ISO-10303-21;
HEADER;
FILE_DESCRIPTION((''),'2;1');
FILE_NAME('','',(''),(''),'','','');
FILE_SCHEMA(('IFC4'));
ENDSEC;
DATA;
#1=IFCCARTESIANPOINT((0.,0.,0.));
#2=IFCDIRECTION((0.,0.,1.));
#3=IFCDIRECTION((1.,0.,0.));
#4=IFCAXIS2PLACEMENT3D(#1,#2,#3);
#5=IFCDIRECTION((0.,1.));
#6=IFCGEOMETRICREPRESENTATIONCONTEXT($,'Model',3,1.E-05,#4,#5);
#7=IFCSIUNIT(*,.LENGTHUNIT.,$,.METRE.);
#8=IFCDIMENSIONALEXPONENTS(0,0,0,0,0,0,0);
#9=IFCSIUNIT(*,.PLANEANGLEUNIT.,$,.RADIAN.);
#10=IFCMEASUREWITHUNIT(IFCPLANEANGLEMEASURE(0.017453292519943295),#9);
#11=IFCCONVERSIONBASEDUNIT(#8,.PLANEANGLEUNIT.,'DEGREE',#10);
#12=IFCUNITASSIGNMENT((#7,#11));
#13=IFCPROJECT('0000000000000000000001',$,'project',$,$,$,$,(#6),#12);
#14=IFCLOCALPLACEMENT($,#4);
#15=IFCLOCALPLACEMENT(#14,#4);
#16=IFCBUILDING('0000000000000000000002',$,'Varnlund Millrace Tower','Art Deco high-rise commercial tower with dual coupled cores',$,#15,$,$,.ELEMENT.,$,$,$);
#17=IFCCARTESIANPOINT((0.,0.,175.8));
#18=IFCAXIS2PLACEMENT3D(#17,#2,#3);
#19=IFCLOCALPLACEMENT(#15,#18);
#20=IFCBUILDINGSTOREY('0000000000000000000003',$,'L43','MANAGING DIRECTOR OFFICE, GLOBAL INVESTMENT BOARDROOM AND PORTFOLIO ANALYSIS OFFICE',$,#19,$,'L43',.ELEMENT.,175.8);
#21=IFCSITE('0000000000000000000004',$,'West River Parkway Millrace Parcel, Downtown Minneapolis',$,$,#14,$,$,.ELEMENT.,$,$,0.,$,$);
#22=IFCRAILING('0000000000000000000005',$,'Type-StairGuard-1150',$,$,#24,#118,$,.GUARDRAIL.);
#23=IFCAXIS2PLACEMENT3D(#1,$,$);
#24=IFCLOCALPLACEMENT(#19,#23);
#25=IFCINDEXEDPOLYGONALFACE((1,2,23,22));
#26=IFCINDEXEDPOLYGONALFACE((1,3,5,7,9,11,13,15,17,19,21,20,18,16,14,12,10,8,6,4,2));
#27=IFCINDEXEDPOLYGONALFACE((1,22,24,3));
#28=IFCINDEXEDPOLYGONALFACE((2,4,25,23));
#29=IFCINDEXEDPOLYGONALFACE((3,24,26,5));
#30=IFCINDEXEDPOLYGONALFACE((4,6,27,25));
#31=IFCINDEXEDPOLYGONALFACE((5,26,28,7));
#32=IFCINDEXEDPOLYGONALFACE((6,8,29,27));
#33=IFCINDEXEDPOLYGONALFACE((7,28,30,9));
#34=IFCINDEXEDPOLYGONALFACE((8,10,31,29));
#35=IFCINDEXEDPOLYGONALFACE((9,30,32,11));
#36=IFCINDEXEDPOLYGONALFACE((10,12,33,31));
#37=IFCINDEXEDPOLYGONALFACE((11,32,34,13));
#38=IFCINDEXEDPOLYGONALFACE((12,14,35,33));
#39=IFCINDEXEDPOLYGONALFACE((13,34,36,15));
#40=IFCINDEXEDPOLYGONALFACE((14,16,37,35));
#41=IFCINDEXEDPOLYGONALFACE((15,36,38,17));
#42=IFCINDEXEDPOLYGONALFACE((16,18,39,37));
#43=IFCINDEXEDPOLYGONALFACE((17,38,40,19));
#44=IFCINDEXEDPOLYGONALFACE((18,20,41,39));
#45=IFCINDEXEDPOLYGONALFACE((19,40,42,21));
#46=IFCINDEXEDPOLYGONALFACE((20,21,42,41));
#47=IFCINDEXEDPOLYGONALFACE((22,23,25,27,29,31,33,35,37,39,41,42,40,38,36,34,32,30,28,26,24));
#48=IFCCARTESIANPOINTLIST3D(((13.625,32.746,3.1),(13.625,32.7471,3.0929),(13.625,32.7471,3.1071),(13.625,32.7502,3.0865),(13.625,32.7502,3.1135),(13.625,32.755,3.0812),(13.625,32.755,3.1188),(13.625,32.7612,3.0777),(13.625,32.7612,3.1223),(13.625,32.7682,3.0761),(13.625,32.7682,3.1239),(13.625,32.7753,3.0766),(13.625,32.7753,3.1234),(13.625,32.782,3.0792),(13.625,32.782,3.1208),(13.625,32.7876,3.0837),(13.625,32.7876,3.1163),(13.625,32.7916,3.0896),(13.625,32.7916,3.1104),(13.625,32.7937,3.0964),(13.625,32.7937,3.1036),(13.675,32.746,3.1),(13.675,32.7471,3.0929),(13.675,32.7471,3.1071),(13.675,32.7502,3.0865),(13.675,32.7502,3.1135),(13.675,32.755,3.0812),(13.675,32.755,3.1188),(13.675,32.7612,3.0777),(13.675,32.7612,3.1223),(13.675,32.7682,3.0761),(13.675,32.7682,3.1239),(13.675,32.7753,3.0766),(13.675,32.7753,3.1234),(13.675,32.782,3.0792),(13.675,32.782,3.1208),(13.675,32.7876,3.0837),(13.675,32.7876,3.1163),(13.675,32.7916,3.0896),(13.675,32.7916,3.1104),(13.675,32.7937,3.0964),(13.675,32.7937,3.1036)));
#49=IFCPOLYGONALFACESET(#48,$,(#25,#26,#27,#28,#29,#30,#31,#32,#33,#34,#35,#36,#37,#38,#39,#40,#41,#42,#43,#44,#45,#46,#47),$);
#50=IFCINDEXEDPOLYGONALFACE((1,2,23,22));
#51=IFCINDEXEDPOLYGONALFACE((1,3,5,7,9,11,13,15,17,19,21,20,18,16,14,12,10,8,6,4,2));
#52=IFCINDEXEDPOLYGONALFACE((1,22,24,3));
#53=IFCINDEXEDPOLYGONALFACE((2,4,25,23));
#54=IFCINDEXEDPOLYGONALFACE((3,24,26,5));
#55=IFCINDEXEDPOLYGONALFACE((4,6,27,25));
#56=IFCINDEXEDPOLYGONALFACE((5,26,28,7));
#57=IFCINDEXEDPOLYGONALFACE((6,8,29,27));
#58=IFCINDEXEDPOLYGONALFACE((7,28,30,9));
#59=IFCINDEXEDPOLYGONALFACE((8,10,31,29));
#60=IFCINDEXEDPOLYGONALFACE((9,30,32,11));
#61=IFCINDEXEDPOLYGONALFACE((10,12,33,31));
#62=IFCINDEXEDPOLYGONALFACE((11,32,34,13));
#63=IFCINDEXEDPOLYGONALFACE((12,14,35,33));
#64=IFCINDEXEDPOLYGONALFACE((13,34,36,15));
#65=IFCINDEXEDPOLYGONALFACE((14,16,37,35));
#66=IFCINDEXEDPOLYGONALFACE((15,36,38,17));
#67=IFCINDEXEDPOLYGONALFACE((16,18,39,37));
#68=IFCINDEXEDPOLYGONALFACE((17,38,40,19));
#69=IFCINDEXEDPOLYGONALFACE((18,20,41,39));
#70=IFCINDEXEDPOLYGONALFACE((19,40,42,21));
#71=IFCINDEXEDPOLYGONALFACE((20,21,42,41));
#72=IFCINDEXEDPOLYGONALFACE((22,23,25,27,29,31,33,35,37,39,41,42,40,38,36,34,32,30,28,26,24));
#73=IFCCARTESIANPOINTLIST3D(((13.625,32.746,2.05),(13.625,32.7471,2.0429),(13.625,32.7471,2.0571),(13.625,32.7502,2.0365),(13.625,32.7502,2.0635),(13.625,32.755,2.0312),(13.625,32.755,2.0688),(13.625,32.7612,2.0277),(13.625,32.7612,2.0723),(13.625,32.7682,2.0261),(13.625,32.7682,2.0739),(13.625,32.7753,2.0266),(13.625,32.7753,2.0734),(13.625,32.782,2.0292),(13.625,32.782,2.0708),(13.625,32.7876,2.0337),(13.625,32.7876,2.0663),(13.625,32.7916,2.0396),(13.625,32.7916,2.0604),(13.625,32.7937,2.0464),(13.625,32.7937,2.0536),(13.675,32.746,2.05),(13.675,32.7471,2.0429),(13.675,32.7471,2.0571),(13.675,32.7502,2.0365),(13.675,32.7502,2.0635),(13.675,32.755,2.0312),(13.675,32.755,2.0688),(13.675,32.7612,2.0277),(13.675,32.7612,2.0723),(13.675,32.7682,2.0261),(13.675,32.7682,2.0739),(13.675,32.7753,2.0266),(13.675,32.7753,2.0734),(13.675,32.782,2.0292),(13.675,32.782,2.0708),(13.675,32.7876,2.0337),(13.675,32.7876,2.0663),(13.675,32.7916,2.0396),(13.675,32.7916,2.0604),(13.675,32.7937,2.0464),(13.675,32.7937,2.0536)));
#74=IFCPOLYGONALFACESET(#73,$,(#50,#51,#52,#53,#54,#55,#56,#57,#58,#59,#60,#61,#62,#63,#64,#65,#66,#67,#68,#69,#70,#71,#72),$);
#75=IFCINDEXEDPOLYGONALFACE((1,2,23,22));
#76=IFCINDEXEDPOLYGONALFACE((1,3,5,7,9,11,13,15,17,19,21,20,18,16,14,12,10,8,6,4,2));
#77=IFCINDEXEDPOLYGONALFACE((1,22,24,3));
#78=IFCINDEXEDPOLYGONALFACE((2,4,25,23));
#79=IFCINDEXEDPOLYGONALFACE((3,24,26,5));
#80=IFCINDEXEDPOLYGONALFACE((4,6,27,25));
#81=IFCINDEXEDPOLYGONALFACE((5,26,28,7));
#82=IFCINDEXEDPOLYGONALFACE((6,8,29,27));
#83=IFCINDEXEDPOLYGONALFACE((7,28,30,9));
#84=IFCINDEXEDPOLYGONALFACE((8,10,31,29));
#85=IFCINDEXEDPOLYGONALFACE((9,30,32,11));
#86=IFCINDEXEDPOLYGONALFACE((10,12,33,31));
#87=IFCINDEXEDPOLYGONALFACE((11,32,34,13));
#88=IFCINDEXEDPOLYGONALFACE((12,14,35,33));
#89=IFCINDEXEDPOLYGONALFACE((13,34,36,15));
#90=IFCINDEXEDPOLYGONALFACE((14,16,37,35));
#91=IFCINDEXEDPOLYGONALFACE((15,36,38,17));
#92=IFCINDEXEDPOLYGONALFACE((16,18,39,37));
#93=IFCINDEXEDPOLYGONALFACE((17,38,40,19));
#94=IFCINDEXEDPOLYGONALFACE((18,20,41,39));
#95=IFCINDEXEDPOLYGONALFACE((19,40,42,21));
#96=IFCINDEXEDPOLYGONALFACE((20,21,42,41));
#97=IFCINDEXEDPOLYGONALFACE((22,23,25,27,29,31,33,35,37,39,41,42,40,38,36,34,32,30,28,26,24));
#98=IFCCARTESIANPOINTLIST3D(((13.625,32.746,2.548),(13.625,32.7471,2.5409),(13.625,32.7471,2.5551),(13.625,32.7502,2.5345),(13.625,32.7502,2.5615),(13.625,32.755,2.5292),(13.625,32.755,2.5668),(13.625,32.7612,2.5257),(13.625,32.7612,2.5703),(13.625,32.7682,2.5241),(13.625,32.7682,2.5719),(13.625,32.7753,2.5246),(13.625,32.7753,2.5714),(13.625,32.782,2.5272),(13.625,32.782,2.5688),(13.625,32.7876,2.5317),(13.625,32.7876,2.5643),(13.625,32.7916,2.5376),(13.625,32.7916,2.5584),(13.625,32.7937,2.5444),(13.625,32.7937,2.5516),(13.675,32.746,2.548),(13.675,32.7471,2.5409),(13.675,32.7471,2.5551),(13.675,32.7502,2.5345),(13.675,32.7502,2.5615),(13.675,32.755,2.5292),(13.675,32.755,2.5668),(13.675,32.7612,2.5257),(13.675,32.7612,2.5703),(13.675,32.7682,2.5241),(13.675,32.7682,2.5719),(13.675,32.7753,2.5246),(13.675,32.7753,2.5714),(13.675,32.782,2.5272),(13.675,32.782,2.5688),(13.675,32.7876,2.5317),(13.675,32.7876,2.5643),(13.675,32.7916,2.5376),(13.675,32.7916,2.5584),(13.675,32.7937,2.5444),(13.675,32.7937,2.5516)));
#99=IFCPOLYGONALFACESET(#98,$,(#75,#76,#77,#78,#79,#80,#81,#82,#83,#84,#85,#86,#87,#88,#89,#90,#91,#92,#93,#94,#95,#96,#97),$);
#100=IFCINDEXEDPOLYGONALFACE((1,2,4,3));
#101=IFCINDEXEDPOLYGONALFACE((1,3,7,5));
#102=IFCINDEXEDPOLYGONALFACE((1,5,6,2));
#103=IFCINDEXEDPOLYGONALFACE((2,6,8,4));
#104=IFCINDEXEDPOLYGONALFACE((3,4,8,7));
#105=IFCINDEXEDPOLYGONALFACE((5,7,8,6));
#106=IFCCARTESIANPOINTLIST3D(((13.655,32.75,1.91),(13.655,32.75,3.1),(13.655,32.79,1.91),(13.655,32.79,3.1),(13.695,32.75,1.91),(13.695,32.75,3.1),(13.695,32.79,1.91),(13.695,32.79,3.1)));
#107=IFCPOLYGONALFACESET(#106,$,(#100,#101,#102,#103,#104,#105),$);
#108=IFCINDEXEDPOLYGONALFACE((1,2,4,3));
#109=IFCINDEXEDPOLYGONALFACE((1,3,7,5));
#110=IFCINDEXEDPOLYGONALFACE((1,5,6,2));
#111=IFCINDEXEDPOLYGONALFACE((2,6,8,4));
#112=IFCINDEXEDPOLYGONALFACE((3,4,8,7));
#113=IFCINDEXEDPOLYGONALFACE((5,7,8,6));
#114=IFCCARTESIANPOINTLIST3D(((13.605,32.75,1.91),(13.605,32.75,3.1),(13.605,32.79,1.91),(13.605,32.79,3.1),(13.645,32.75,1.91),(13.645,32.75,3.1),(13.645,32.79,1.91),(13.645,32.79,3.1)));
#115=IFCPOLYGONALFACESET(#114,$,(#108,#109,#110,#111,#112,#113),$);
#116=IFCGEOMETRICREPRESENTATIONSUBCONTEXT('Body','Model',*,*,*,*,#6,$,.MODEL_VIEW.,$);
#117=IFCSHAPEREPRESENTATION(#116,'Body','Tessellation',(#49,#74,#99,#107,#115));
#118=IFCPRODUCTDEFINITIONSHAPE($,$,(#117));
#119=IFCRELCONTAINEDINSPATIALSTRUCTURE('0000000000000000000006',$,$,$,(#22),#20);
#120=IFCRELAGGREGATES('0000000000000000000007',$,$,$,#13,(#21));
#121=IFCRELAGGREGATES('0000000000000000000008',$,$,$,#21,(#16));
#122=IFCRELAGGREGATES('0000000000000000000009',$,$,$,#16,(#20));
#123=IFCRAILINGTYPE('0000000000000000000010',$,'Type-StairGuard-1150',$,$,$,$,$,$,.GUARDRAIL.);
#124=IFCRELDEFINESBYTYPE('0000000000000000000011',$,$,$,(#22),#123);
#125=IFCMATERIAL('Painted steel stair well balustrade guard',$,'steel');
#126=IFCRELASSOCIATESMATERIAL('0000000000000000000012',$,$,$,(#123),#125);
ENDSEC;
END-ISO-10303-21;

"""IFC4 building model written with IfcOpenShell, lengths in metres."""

from ifc_helpers import new_model, entity, si_unit, converted_unit, direction, frame, origin_with_axes, origin_2d_with_axis, place, context, subcontext, project, spatial, rectangle, circle, extrude, material, type_object, element, save


model = new_model("IFC4")

# Units and contexts
model_context = context("Model", 3, precision=1e-05, world=origin_with_axes(), true_north=direction((0.0, 1.0)))
body_context = subcontext(model_context, "Body", "Model", "MODEL_VIEW")
ifc_project = project(units=[si_unit("LENGTHUNIT", "METRE"), converted_unit("PLANEANGLEUNIT", "DEGREE", entity("IfcPlaneAngleMeasure", 0.017453292519943295), si_unit("PLANEANGLEUNIT", "RADIAN"), dimensions=[0, 0, 0, 0, 0, 0, 0])], contexts=[model_context])

# Site, building, storey
site_placement = place(None, origin_with_axes())
site = spatial("IfcSite", under=ifc_project, at=site_placement, Name="West River Parkway Millrace Parcel, Downtown Minneapolis", CompositionType="ELEMENT", RefElevation=0.0)
building_placement = place(site_placement, origin_with_axes())
building = spatial("IfcBuilding", under=site, at=building_placement, Name="Varnlund Millrace Tower", Description="Art Deco high-rise commercial tower with dual coupled cores", CompositionType="ELEMENT")
storey_placement = place(building_placement, frame((0.0, 0.0, 175.8), z_axis=(0.0, 0.0, 1.0), x_axis=(1.0, 0.0, 0.0)))
storey = spatial("IfcBuildingStorey", under=building, at=storey_placement, Name="L43", Description="MANAGING DIRECTOR OFFICE, GLOBAL INVESTMENT BOARDROOM AND PORTFOLIO ANALYSIS OFFICE", LongName="L43", CompositionType="ELEMENT", Elevation=175.8)

# Railing
ifc_material_1 = material(Name="Painted steel stair well balustrade guard", Category="steel")
railing_type_1 = type_object("IfcRailingType", Name="Type-StairGuard-1150", PredefinedType="GUARDRAIL", material=ifc_material_1)
railing_1_placement = place(storey_placement, frame((0.0, 0.0, -175.8), z_axis=(0.0, 0.0, 1.0), x_axis=(1.0, 0.0, 0.0)))
element("IfcRailing", 1, at=railing_1_placement, inside=storey, type_object=railing_type_1, Name="Type-StairGuard-1150", PredefinedType="GUARDRAIL", context=body_context, shape_type="SweptSolid", body=[
    extrude(circle(Radius=0.024, at=origin_2d_with_axis()), frame((13.675, 32.77, 178.9), z_axis=(-1.0, 0.0, 0.0), x_axis=(0.0, -1.0, 0.0)), (0.0, 0.0, 1.0), 0.05),
    extrude(circle(Radius=0.024, at=origin_2d_with_axis()), frame((13.675, 32.77, 177.85), z_axis=(-1.0, 0.0, 0.0), x_axis=(0.0, -1.0, 0.0)), (0.0, 0.0, 1.0), 0.05),
    extrude(circle(Radius=0.024, at=origin_2d_with_axis()), frame((13.675, 32.77, 178.348), z_axis=(-1.0, 0.0, 0.0), x_axis=(0.0, -1.0, 0.0)), (0.0, 0.0, 1.0), 0.05),
    extrude(rectangle(XDim=0.04, YDim=0.04, at=origin_2d_with_axis()), frame((13.675, 32.77, 177.71), z_axis=(0.0, 0.0, 1.0), x_axis=(1.0, 0.0, 0.0)), (0.0, 0.0, 1.0), 1.19),
    extrude(rectangle(XDim=0.04, YDim=0.04, at=origin_2d_with_axis()), frame((13.625, 32.77, 177.71), z_axis=(0.0, 0.0, 1.0), x_axis=(1.0, 0.0, 0.0)), (0.0, 0.0, 1.0), 1.19),
])

save(model, "model.ifc")
